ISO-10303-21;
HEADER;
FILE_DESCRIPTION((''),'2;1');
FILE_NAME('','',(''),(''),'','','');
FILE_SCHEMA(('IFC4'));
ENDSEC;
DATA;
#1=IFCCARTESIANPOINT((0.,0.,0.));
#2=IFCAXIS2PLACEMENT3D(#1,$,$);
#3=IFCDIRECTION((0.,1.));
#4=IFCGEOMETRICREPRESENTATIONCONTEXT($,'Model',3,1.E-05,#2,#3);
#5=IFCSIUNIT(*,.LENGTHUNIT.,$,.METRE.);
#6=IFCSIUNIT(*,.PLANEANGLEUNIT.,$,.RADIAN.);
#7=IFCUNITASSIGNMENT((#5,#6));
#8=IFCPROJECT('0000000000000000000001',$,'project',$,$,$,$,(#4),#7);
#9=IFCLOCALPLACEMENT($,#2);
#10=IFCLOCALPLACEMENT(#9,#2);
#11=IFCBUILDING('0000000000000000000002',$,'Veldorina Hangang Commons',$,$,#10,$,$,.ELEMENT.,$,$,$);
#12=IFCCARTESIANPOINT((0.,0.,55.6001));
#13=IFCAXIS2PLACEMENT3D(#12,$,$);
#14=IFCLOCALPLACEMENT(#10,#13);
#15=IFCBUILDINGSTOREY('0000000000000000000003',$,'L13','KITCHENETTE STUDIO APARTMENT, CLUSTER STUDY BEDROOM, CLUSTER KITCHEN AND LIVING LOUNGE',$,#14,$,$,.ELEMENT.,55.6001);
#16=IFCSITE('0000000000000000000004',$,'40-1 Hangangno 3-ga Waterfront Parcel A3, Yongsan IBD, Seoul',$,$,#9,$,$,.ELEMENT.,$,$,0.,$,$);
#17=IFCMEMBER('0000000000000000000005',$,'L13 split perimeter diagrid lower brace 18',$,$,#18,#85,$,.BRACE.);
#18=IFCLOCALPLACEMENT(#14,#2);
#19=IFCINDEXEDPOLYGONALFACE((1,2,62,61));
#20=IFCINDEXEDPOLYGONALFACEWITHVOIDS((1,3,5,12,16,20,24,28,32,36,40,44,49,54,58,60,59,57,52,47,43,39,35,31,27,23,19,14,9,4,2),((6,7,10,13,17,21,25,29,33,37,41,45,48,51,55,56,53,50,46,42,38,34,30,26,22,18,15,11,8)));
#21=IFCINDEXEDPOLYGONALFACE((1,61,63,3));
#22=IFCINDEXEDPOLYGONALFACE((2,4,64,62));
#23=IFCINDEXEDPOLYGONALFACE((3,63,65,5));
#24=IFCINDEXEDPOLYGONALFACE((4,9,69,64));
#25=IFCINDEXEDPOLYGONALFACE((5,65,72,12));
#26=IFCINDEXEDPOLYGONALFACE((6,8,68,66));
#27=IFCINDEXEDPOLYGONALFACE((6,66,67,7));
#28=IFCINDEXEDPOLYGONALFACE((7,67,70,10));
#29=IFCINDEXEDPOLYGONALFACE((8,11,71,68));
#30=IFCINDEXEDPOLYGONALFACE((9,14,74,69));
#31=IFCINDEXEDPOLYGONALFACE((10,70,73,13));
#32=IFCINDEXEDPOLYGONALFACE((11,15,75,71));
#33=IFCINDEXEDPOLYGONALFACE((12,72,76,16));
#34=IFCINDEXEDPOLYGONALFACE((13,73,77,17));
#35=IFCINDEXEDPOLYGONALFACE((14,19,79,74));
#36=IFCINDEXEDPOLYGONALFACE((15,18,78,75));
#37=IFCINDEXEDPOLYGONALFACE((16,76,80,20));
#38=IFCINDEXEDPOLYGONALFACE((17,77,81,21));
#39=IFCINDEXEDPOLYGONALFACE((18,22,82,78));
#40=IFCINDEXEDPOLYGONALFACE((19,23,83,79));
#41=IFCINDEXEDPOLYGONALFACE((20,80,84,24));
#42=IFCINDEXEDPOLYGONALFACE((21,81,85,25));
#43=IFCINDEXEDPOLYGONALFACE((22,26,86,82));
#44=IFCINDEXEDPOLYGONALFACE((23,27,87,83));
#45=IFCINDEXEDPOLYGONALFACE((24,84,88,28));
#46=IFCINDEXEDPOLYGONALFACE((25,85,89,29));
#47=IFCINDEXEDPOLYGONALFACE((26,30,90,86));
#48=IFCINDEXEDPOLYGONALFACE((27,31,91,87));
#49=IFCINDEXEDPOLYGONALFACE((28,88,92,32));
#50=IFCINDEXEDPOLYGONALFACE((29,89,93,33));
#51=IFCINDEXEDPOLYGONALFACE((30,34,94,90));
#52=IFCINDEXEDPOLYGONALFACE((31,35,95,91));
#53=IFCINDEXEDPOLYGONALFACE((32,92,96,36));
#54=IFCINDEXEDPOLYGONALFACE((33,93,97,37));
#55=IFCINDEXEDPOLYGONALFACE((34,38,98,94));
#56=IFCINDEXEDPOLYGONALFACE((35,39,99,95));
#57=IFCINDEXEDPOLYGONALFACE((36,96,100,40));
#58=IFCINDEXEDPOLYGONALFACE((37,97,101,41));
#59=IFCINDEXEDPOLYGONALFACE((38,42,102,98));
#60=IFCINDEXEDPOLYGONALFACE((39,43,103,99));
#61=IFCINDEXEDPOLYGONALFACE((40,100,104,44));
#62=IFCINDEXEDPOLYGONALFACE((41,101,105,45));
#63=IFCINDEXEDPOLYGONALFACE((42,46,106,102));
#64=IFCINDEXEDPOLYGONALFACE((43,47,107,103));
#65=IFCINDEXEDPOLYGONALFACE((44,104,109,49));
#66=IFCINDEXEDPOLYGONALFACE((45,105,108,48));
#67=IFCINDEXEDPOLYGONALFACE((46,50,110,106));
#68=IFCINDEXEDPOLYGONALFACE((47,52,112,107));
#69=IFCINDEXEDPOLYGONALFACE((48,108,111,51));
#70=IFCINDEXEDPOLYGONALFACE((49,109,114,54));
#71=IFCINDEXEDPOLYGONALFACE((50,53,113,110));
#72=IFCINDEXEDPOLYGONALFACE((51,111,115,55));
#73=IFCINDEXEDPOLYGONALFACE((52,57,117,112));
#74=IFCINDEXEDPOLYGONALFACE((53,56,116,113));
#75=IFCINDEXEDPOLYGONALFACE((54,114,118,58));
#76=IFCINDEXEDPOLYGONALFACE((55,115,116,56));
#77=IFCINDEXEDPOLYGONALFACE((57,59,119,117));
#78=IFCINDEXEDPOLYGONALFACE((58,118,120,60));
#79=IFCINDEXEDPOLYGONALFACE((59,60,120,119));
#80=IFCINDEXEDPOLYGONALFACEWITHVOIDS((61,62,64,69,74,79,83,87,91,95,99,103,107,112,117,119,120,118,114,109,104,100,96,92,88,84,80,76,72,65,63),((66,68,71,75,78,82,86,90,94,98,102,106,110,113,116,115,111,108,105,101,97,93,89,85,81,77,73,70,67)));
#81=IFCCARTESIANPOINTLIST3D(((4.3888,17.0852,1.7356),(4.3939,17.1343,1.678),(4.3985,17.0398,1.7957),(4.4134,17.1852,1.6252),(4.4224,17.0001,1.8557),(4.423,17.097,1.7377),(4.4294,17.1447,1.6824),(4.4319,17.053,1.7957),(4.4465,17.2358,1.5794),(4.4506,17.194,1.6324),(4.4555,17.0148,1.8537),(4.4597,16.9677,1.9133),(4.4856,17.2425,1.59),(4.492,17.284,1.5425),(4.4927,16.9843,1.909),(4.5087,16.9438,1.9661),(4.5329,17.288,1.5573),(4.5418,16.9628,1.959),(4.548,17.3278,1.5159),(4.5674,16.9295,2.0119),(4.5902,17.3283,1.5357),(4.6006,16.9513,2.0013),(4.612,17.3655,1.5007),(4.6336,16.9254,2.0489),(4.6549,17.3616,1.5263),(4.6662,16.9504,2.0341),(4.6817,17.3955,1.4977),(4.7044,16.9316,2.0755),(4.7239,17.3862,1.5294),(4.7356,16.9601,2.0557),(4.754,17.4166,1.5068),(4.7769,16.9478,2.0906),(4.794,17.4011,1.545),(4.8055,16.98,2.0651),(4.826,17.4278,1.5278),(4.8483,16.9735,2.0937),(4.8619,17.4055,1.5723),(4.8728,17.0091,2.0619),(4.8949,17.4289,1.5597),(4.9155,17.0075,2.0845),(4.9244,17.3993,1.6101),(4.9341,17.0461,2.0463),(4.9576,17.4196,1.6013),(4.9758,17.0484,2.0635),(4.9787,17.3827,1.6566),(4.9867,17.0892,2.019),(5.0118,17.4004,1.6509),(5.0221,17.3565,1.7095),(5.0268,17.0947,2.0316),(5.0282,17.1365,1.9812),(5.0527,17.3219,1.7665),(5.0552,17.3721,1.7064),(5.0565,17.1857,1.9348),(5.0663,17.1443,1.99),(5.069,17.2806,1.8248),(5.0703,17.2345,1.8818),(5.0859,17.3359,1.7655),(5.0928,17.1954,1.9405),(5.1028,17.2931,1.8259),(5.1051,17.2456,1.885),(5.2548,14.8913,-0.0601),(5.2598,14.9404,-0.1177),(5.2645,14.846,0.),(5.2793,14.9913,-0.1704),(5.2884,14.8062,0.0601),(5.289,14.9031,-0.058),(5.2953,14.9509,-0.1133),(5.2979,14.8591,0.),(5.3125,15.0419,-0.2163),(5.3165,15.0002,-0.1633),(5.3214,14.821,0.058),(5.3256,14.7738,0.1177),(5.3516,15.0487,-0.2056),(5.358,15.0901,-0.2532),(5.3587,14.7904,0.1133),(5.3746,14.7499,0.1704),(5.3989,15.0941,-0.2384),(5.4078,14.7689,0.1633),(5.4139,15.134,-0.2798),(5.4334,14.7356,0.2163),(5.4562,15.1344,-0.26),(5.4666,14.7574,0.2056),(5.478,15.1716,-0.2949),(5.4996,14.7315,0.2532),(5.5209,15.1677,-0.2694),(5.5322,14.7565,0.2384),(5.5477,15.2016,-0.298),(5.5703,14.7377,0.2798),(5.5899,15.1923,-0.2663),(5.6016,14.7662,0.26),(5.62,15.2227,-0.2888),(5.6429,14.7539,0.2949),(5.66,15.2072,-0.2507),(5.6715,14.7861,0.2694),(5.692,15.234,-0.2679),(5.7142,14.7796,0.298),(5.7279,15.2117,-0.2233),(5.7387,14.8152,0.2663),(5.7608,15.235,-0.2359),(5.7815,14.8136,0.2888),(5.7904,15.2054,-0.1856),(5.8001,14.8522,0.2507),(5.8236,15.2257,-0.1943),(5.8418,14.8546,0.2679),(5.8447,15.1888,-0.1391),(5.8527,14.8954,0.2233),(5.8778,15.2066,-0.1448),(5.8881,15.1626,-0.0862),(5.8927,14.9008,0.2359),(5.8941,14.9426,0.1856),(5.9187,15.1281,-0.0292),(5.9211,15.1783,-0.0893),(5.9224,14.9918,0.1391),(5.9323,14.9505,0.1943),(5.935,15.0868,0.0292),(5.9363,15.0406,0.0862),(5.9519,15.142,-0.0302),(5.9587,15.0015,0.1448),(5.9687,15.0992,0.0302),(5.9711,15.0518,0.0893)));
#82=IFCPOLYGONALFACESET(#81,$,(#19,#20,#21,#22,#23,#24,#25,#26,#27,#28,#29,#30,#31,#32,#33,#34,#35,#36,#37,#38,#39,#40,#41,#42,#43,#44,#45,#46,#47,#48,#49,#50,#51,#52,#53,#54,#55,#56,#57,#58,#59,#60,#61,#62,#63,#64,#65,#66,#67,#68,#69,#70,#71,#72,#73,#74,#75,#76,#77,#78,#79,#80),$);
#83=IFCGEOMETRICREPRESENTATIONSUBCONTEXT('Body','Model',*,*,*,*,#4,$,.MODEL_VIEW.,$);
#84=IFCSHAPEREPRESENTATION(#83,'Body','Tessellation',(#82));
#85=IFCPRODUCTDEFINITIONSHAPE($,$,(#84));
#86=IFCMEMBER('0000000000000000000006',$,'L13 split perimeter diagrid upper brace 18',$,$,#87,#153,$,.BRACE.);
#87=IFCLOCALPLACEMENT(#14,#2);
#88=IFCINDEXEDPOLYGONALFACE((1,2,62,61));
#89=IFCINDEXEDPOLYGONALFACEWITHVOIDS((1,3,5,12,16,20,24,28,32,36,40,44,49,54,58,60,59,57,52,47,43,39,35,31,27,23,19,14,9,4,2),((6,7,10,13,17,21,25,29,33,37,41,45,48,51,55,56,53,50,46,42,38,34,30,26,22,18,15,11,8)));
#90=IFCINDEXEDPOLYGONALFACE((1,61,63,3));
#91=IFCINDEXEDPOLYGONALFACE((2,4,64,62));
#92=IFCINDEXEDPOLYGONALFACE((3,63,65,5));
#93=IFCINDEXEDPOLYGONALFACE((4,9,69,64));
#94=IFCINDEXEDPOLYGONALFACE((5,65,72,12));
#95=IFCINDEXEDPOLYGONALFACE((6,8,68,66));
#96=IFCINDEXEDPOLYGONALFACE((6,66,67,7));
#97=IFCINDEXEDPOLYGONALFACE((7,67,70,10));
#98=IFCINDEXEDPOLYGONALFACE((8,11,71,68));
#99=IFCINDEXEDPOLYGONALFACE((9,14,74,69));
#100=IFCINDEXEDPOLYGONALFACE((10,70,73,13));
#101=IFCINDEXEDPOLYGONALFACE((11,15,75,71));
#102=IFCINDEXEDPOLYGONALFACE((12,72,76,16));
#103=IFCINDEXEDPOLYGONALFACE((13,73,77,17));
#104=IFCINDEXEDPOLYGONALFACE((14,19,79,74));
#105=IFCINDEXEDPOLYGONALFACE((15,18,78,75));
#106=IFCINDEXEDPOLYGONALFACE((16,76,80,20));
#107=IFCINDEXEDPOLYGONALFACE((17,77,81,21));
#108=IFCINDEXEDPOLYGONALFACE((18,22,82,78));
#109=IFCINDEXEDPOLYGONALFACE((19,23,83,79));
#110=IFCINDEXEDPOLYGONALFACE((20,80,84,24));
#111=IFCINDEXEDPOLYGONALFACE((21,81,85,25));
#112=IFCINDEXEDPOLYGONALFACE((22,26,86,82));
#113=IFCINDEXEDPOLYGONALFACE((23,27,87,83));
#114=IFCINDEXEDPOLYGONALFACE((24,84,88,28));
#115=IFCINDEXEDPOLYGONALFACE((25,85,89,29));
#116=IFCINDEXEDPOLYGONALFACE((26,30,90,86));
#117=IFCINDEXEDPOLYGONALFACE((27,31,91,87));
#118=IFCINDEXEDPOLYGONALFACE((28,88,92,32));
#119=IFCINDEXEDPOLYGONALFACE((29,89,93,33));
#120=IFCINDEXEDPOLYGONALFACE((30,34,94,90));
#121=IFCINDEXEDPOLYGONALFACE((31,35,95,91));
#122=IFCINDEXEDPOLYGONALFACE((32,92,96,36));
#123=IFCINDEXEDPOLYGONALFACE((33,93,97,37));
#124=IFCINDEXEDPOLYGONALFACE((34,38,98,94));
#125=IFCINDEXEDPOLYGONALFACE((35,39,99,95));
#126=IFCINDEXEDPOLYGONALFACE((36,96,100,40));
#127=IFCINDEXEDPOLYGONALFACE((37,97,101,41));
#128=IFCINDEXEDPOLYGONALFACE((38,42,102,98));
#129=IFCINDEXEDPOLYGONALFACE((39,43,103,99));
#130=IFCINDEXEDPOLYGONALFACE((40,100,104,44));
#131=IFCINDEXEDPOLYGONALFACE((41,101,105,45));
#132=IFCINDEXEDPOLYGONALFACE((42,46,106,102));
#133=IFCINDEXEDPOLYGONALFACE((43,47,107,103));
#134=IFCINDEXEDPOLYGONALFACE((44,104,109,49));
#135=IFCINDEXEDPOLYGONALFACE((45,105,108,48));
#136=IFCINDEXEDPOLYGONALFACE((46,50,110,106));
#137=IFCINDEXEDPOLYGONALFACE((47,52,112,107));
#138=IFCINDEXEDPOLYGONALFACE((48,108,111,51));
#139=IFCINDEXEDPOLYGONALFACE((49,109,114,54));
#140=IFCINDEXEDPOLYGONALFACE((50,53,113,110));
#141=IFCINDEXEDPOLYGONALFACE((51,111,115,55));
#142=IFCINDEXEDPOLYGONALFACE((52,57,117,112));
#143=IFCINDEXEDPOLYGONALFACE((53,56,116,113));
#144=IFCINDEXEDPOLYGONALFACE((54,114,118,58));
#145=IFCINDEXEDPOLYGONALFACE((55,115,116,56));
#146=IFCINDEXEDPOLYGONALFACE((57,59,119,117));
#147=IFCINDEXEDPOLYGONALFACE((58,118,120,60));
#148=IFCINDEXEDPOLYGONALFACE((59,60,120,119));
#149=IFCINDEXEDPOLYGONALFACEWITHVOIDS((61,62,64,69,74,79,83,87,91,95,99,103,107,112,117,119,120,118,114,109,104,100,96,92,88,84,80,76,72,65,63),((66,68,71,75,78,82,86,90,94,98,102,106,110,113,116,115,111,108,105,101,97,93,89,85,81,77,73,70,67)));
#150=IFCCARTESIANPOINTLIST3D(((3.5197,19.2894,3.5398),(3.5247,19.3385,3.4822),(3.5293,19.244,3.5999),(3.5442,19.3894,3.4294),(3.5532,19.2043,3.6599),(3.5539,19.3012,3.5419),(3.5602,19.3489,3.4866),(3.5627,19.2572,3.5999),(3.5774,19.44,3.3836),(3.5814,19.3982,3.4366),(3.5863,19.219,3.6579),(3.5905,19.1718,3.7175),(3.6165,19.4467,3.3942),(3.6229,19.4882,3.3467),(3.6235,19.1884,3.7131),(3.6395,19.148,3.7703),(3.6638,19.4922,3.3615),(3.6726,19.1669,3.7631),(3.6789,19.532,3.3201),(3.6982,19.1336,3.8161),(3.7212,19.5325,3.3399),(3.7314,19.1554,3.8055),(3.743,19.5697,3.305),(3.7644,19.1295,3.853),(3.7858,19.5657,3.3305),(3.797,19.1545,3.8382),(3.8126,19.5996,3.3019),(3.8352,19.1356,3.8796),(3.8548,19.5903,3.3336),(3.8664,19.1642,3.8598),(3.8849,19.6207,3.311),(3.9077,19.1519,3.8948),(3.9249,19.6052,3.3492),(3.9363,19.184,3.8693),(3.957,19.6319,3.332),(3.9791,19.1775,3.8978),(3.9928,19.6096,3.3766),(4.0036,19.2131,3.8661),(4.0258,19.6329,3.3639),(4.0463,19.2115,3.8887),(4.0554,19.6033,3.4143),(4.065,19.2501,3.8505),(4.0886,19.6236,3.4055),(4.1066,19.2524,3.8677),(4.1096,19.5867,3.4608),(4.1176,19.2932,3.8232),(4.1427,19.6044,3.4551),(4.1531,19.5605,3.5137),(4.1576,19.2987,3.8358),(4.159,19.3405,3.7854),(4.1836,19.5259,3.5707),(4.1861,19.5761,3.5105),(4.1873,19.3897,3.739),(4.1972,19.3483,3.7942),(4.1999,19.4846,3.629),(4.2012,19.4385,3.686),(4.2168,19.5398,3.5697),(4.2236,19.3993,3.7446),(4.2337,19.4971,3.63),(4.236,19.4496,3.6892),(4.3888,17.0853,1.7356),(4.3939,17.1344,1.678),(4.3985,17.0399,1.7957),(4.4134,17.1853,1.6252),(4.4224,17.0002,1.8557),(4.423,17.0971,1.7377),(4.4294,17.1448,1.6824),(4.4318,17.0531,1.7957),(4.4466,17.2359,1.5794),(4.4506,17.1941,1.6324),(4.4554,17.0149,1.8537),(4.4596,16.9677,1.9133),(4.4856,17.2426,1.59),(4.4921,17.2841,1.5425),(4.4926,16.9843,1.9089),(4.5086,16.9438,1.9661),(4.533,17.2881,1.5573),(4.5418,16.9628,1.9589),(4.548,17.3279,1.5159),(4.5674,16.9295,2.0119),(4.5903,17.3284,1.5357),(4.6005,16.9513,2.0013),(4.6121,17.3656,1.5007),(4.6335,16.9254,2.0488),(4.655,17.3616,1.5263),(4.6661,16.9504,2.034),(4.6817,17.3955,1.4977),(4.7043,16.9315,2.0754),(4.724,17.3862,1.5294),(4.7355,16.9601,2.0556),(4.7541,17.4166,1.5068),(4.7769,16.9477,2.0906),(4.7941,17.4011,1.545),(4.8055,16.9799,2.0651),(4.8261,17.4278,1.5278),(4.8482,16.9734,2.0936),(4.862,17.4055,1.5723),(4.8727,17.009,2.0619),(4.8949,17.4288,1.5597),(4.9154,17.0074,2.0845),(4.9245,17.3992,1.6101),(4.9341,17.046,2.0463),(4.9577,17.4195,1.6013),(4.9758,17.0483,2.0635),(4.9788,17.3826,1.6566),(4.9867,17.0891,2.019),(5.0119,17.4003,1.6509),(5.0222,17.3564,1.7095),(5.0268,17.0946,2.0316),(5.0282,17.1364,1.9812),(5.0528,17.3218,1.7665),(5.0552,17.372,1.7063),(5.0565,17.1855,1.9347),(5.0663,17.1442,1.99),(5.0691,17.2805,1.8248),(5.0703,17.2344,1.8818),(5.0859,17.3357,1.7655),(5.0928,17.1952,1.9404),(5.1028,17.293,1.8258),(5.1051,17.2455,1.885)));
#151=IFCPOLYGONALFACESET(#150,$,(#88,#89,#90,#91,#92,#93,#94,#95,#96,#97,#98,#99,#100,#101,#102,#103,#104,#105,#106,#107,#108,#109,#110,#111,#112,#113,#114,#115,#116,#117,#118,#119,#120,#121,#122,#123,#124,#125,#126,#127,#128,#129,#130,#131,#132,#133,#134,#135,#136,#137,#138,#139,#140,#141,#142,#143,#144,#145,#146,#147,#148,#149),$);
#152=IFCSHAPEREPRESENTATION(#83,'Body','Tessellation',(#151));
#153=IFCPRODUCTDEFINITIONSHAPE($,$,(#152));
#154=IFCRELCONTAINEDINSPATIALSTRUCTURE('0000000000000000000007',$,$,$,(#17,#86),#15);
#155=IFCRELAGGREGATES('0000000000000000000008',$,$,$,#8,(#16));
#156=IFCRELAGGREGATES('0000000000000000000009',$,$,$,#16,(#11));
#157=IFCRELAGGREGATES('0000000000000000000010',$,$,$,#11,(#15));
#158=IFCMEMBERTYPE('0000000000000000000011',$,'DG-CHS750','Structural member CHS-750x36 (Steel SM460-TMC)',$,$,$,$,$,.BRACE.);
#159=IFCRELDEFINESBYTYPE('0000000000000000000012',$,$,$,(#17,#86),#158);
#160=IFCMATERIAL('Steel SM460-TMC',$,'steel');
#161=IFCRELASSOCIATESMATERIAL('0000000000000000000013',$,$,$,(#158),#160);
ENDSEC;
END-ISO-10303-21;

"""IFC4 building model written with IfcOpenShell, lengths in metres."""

from ifc_helpers import new_model, si_unit, direction, frame, origin, origin_2d, place, context, subcontext, project, spatial, hollow_circle, extrude, material, material_profile, profile_set, type_object, element, save


model = new_model("IFC4")

# Units and contexts
model_context = context("Model", 3, precision=1e-05, world=origin(), true_north=direction((0.0, 1.0)))
body_context = subcontext(model_context, "Body", "Model", "MODEL_VIEW")
ifc_project = project(units=[si_unit("LENGTHUNIT", "METRE"), si_unit("PLANEANGLEUNIT", "RADIAN")], contexts=[model_context])

# Site, building, storey
site_placement = place(None, origin())
site = spatial("IfcSite", under=ifc_project, at=site_placement, Name="40-1 Hangangno 3-ga Waterfront Parcel A3, Yongsan IBD, Seoul", CompositionType="ELEMENT", RefElevation=0.0)
building_placement = place(site_placement, origin())
building = spatial("IfcBuilding", under=site, at=building_placement, Name="Veldorina Hangang Commons", CompositionType="ELEMENT")
storey_placement = place(building_placement, frame((0.0, 0.0, 55.6001)))
storey = spatial("IfcBuildingStorey", under=building, at=storey_placement, Name="L13", Description="KITCHENETTE STUDIO APARTMENT, CLUSTER STUDY BEDROOM, CLUSTER KITCHEN AND LIVING LOUNGE", CompositionType="ELEMENT", Elevation=55.6001)

# Shared definitions
ifc_material_1 = material(Name="Steel SM460-TMC", Category="steel")

# Members
ifc_material_profile_1 = material_profile(ifc_material_1, hollow_circle(Radius=0.375, WallThickness=0.0359, at=origin_2d()), Name="CHS-750x36")
ifc_profile_set_1 = profile_set([ifc_material_profile_1], Name="Steel SM460-TMC")
member_type = type_object("IfcMemberType", Name="DG-CHS750", Description="Structural member CHS-750x36 (Steel SM460-TMC)", PredefinedType="BRACE", material=ifc_profile_set_1)
member_1_placement = place(storey_placement, frame((5.6133, 14.9836, 0.0), z_axis=(-0.292129, 0.740083, 0.605754), x_axis=(-0.930159, -0.367157, 0.0)))
element("IfcMember", 1, at=member_1_placement, inside=storey, type_object=member_type, Name="L13 split perimeter diagrid lower brace 18", PredefinedType="BRACE", context=body_context, shape_type="SweptSolid", body=[
    extrude(hollow_circle(Radius=0.375, WallThickness=0.0359, at=origin_2d()), origin(), (0.0, 0.0, 1.0), 2.9644),
])
member_2_placement = place(storey_placement, frame((4.7473, 17.1775, 1.7957), z_axis=(-0.291852, 0.740123, 0.605838), x_axis=(-0.930285, -0.366838, 0.0)))
element("IfcMember", 2, at=member_2_placement, inside=storey, type_object=member_type, Name="L13 split perimeter diagrid upper brace 18", PredefinedType="BRACE", context=body_context, shape_type="SweptSolid", body=[
    extrude(hollow_circle(Radius=0.375, WallThickness=0.0359, at=origin_2d()), origin(), (0.0, 0.0, 1.0), 2.978),
])

save(model, "model.ifc")
